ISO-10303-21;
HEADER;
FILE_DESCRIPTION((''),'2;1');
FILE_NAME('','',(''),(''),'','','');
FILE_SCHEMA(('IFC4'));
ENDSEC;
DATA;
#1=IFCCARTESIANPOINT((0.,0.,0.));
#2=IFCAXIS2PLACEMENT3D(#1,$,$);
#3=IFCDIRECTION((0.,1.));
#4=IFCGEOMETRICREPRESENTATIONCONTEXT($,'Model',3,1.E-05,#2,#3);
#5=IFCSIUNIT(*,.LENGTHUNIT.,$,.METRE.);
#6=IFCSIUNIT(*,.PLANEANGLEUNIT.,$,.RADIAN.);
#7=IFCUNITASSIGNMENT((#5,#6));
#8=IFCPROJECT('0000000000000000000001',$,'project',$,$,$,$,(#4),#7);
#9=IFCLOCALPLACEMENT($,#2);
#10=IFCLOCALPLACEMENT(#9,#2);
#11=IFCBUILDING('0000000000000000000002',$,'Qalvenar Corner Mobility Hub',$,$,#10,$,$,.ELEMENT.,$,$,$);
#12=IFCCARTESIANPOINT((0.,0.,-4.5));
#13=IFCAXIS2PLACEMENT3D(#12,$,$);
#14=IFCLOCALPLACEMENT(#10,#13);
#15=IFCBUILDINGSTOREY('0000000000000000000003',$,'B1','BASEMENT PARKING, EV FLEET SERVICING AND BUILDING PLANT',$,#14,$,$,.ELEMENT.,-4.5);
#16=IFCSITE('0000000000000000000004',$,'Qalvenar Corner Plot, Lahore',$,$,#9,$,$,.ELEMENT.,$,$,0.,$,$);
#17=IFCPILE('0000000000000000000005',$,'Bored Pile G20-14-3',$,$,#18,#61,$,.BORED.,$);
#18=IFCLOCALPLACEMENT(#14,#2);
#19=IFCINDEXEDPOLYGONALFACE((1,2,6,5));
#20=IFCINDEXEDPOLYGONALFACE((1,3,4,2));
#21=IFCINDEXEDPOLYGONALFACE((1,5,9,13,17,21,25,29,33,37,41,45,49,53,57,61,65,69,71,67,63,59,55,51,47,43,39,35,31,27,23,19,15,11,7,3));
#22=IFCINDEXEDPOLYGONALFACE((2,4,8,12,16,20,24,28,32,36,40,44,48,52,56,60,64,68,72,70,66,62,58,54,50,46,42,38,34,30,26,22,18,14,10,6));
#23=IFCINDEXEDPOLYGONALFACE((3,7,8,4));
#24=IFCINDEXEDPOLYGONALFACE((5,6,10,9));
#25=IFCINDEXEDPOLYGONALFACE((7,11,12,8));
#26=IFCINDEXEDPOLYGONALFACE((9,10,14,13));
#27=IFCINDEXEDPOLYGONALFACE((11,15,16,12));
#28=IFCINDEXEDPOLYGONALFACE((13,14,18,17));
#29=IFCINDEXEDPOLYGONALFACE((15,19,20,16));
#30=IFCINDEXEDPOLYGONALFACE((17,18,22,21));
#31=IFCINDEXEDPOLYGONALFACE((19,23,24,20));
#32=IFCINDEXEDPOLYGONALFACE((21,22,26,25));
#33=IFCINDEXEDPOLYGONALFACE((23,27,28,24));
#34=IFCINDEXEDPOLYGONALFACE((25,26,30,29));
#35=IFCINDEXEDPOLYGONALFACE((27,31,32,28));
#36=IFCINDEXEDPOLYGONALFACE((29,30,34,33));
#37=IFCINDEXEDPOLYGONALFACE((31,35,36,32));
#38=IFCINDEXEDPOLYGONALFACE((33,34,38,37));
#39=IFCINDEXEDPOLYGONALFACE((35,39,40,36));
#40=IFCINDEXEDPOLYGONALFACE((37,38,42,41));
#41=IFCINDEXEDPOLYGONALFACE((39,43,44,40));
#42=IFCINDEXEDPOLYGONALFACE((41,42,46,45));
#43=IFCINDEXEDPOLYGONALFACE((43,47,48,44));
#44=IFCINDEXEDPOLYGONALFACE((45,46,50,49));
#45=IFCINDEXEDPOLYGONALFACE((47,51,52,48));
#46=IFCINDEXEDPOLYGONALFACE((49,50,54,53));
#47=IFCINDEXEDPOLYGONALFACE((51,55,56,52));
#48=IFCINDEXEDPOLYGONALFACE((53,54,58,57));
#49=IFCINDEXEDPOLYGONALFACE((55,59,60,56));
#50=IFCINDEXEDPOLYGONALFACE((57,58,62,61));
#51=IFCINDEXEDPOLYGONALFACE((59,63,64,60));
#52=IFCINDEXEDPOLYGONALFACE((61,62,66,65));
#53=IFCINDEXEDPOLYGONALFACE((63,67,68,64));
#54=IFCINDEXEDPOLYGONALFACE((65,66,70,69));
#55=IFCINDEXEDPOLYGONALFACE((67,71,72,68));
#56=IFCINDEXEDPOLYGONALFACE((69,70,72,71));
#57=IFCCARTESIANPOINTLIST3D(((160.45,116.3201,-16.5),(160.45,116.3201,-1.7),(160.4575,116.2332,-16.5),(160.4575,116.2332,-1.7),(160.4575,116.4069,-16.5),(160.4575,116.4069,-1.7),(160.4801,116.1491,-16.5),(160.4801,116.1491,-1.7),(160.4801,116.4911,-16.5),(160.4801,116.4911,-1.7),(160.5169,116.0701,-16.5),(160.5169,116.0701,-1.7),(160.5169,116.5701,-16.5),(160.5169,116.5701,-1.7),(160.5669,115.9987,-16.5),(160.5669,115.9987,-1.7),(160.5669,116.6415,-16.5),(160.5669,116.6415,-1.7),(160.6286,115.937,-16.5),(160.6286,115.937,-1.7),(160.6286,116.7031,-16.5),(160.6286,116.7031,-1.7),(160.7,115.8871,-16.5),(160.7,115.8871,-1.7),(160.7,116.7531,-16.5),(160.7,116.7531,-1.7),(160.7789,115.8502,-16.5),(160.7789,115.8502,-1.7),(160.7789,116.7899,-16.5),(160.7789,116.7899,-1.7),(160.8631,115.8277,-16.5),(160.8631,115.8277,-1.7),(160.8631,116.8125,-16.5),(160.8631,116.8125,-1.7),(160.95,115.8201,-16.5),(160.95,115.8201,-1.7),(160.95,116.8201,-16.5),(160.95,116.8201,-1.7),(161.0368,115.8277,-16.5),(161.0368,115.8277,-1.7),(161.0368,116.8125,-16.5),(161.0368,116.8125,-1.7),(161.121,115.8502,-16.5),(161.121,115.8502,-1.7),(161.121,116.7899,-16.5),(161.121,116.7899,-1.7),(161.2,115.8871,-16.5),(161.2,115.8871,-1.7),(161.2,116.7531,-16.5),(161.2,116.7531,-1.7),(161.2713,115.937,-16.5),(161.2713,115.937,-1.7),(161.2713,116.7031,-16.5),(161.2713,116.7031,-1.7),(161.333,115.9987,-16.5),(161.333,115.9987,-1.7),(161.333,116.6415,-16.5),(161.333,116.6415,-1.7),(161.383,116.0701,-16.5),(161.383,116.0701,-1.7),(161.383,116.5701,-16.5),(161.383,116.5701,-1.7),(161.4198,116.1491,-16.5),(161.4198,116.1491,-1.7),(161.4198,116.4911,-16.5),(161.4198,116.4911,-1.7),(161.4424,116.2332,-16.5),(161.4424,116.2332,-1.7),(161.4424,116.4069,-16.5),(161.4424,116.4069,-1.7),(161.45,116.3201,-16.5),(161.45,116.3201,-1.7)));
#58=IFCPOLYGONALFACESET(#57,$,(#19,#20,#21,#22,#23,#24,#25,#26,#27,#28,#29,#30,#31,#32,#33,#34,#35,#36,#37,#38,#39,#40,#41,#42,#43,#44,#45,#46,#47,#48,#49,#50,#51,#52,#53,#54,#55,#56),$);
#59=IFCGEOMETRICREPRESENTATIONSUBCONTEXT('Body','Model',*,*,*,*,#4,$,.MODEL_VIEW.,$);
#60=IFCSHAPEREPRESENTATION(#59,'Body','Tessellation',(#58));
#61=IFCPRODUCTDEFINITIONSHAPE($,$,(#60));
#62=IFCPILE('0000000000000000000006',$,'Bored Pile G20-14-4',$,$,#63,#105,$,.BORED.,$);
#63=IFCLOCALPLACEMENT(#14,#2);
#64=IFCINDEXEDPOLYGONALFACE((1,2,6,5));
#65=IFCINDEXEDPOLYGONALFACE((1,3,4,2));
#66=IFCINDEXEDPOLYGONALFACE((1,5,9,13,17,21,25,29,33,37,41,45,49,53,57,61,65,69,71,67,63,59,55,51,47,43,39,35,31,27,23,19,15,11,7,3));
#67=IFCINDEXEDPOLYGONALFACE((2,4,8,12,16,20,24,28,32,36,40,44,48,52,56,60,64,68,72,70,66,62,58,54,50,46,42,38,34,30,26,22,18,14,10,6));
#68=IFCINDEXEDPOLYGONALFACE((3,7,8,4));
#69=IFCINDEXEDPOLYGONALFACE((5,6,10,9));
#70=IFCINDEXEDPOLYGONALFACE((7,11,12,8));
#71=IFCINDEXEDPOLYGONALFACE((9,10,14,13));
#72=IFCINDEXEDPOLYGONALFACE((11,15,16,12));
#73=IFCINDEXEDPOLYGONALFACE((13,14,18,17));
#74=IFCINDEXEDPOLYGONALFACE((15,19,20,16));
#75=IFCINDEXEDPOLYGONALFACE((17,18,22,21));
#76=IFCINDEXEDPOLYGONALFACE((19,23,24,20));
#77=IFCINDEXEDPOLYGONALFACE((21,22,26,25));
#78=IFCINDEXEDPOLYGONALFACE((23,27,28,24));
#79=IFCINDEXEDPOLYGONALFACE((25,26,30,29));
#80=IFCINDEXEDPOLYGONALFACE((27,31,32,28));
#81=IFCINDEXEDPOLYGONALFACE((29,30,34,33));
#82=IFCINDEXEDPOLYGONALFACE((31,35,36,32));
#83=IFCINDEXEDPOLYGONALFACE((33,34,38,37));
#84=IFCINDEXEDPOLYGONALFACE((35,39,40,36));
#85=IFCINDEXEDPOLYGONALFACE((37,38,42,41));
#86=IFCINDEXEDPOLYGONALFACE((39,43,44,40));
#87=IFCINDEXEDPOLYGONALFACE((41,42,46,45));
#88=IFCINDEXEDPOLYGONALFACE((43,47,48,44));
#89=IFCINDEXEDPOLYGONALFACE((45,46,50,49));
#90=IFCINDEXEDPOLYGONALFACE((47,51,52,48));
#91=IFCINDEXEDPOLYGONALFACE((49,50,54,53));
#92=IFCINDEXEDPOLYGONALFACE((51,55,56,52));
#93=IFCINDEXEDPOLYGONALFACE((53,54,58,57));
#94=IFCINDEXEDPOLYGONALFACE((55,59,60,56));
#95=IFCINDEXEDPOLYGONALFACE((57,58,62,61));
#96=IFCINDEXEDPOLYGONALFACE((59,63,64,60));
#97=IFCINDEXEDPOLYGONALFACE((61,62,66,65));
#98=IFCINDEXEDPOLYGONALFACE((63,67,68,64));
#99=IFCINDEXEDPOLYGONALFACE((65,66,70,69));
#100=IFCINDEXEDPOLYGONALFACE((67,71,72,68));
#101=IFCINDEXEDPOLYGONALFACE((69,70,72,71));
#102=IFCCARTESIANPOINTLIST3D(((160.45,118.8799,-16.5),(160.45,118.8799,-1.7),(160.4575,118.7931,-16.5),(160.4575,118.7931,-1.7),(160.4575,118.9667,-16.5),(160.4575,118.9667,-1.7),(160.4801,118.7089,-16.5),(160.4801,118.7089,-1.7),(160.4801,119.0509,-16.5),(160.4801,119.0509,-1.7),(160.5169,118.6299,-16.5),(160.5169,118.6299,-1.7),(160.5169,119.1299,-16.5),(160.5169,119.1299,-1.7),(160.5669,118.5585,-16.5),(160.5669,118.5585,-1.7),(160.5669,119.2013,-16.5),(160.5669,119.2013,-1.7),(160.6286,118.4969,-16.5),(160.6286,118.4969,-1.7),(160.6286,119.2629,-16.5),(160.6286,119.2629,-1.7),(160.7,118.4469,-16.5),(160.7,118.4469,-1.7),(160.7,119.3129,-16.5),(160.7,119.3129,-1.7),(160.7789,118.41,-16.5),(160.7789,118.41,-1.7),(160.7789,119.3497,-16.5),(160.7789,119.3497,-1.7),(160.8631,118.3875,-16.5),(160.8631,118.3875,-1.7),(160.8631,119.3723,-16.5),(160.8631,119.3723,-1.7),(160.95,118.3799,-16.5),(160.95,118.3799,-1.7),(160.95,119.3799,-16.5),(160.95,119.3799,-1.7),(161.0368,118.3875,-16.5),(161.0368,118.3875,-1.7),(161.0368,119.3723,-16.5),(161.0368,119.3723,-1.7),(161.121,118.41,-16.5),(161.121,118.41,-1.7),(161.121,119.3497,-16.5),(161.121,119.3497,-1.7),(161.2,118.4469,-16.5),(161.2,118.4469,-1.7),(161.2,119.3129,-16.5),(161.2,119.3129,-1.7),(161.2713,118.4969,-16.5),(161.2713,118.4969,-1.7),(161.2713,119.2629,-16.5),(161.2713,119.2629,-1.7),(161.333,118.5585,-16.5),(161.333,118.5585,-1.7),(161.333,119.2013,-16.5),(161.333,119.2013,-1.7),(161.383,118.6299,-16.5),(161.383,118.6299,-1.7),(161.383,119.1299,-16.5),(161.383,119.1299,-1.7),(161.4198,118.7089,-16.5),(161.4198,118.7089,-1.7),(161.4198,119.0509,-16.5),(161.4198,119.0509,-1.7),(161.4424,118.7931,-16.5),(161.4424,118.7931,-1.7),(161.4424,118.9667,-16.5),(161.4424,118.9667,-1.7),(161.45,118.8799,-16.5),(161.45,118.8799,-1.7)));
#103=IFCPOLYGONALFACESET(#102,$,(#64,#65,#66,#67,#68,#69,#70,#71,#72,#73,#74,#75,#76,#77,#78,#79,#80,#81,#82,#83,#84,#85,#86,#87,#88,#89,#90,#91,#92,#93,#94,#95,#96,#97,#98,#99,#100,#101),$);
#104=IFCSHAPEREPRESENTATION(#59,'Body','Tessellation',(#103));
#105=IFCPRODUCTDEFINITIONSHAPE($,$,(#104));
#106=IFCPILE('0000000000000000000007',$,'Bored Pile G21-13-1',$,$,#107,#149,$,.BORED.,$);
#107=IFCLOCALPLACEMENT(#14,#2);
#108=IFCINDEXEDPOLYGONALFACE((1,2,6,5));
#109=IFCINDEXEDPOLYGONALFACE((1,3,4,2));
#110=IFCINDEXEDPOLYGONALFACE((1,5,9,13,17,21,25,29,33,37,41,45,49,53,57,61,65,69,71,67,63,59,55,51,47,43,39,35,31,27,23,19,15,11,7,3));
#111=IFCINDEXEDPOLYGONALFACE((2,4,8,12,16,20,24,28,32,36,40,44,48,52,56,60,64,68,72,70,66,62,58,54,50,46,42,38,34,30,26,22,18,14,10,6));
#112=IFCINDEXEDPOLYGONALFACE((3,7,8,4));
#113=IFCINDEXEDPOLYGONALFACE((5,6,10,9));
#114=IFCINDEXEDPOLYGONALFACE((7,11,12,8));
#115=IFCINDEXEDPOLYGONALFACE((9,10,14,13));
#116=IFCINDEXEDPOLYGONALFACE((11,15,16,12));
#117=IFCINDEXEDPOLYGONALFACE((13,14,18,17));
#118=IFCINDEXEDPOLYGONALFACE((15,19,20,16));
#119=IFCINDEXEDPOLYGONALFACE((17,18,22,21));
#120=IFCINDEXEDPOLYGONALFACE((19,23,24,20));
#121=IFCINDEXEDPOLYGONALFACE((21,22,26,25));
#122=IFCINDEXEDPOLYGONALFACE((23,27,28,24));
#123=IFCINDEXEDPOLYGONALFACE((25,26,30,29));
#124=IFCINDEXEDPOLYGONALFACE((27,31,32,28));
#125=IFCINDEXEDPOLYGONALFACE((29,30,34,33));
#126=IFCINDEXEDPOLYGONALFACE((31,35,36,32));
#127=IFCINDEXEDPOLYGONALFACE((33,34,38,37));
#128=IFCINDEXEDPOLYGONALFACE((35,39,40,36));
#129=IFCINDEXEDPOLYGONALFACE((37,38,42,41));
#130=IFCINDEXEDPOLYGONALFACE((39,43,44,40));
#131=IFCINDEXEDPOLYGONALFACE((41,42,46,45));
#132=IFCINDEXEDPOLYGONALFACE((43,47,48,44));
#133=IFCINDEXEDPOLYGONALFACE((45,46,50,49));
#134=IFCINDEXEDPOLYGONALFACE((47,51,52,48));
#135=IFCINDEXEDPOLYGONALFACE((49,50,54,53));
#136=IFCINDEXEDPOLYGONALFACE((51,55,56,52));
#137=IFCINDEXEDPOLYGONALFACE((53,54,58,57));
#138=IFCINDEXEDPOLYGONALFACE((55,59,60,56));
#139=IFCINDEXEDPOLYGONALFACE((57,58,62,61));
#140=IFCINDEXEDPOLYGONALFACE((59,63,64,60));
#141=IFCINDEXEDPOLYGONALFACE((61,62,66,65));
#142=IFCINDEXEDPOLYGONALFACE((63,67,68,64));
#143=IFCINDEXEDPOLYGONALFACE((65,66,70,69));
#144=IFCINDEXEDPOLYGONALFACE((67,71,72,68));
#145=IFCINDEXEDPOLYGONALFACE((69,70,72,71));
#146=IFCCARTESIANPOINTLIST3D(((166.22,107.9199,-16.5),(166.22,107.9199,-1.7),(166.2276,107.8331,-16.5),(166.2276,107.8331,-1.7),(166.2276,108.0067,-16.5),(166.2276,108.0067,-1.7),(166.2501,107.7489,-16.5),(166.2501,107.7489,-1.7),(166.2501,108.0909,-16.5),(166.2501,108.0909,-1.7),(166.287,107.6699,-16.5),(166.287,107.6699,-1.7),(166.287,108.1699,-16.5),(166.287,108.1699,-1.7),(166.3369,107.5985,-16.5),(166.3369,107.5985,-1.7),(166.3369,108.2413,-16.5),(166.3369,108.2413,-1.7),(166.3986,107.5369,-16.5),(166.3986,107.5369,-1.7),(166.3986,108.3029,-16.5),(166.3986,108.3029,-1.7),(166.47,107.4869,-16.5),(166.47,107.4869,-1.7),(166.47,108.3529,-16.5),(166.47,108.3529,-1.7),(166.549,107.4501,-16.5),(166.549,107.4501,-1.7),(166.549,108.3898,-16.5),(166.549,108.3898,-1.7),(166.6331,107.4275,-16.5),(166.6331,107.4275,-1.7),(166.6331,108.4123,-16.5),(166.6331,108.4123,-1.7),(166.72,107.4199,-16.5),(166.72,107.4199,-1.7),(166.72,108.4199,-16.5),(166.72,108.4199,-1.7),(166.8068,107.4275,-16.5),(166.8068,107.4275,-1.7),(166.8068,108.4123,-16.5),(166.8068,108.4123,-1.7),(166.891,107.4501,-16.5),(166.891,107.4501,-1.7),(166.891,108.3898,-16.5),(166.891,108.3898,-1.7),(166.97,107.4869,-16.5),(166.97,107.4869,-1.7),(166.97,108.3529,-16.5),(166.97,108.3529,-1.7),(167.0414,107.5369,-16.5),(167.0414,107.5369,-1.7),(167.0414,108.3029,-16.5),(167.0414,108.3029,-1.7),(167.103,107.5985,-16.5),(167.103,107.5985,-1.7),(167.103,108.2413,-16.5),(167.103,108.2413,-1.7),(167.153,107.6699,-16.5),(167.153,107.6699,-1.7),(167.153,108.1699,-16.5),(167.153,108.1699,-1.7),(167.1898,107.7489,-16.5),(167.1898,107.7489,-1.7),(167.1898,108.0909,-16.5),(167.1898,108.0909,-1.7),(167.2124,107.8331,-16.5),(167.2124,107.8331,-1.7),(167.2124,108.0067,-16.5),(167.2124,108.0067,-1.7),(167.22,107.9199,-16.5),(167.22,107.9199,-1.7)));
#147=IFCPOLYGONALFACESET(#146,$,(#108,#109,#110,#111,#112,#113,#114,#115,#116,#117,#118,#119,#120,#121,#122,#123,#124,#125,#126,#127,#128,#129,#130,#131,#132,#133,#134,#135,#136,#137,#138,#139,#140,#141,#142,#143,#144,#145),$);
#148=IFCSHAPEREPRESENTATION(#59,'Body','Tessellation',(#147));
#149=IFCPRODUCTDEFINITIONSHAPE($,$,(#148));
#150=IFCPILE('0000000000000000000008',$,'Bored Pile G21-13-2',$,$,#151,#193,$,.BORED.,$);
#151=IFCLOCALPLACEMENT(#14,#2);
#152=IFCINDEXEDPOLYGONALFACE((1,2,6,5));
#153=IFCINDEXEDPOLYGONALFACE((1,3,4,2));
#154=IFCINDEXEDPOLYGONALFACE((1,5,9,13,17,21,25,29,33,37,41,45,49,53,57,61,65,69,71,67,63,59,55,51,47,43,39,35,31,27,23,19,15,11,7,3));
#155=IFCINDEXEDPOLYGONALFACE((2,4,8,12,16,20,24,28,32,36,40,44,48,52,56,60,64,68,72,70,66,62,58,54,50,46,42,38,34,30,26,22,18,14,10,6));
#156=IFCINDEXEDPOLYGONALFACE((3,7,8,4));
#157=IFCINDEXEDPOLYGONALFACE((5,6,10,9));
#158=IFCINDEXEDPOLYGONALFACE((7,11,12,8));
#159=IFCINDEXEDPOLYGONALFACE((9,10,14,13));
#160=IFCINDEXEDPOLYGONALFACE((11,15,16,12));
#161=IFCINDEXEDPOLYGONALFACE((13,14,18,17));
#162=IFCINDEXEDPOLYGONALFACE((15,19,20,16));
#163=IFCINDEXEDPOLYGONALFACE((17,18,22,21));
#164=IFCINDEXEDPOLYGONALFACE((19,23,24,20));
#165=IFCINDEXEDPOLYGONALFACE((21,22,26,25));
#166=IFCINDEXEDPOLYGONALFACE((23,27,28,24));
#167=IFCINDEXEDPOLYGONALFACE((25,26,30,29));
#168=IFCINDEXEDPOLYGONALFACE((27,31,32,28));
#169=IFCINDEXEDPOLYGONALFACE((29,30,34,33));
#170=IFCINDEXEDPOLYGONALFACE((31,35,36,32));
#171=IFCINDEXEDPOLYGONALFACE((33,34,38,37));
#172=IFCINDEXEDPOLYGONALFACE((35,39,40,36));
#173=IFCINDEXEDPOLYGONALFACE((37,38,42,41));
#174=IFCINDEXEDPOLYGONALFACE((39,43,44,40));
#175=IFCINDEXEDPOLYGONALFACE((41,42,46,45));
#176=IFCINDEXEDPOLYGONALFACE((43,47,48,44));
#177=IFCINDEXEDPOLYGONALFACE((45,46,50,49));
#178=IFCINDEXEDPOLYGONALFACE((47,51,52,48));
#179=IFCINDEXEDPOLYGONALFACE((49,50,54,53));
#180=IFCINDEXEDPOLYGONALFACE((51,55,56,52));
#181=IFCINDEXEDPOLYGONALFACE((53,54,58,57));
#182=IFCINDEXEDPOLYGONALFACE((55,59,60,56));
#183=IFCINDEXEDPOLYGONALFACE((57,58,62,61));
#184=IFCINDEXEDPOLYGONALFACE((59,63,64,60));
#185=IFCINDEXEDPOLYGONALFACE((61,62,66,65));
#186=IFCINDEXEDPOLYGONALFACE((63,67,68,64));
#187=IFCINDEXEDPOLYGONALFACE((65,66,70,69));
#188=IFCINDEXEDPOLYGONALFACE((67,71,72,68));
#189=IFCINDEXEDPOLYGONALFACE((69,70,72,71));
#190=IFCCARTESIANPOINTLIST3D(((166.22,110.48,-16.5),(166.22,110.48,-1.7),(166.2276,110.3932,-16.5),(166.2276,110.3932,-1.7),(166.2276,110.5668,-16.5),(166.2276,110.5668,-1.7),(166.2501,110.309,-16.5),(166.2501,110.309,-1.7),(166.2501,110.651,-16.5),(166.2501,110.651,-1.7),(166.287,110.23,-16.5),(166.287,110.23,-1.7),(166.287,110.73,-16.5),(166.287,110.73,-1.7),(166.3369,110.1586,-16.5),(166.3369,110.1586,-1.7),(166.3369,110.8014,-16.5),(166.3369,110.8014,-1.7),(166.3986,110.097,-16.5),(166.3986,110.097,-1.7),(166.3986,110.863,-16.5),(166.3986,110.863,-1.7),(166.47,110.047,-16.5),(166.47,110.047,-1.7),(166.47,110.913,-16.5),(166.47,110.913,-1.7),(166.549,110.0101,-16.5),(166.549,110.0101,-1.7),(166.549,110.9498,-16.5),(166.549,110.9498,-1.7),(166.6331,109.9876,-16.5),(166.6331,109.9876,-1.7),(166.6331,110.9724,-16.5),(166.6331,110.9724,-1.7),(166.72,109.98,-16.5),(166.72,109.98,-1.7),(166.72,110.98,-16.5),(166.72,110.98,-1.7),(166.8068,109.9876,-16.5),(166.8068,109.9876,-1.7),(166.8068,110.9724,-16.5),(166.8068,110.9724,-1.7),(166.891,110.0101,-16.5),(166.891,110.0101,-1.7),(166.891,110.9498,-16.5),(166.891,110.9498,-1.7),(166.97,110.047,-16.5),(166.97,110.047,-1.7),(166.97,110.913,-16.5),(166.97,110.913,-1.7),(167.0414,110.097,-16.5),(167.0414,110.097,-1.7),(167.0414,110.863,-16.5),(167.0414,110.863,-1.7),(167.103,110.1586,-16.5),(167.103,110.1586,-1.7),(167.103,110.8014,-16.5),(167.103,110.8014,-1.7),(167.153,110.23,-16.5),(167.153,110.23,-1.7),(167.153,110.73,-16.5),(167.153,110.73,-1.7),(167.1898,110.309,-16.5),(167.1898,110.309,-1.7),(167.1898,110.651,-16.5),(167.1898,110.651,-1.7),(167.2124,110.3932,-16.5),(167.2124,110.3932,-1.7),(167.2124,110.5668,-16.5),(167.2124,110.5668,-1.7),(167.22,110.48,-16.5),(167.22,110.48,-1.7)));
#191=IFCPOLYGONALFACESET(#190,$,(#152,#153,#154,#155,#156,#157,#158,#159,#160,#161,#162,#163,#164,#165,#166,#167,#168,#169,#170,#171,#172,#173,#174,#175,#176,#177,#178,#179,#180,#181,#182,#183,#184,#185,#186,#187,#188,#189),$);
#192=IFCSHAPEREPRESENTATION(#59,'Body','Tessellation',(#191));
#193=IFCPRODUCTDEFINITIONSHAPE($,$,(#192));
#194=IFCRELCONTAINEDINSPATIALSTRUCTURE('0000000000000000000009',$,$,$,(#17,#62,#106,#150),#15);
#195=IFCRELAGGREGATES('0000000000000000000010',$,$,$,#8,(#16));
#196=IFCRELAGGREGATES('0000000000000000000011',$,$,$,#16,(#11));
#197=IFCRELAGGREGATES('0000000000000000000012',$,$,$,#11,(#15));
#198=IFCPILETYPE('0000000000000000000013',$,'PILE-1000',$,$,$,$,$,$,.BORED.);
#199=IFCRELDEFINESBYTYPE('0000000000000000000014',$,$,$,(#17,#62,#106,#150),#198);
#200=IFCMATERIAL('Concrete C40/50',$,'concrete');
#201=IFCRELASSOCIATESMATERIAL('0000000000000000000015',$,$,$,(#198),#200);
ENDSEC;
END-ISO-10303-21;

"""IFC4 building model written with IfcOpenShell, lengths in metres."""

from ifc_helpers import new_model, si_unit, direction, frame, origin, origin_2d, place, context, subcontext, project, spatial, circle, extrude, material, material_profile, profile_set, type_object, element, save


model = new_model("IFC4")

# Units and contexts
model_context = context("Model", 3, precision=1e-05, world=origin(), true_north=direction((0.0, 1.0)))
body_context = subcontext(model_context, "Body", "Model", "MODEL_VIEW")
ifc_project = project(units=[si_unit("LENGTHUNIT", "METRE"), si_unit("PLANEANGLEUNIT", "RADIAN")], contexts=[model_context])

# Site, building, storey
site_placement = place(None, origin())
site = spatial("IfcSite", under=ifc_project, at=site_placement, Name="Qalvenar Corner Plot, Lahore", CompositionType="ELEMENT", RefElevation=0.0)
building_placement = place(site_placement, origin())
building = spatial("IfcBuilding", under=site, at=building_placement, Name="Qalvenar Corner Mobility Hub", CompositionType="ELEMENT")
storey_placement = place(building_placement, frame((0.0, 0.0, -4.5)))
storey = spatial("IfcBuildingStorey", under=building, at=storey_placement, Name="B1", Description="BASEMENT PARKING, EV FLEET SERVICING AND BUILDING PLANT", CompositionType="ELEMENT", Elevation=-4.5)

# Shared definitions
ifc_material_1 = material(Name="Concrete C40/50", Category="concrete")

# Piles
ifc_material_profile_1 = material_profile(ifc_material_1, circle(Radius=0.5, at=origin_2d()), Name="DIA1000")
ifc_profile_set_1 = profile_set([ifc_material_profile_1], Name="Concrete C40/50")
pile_type = type_object("IfcPileType", Name="PILE-1000", PredefinedType="BORED", material=ifc_profile_set_1)
for number, where, z_axis, x_axis, name in (
    (1, (160.95, 116.3201, -1.7), (0.0, 0.0, -1.0), (1.0, 0.0, 0.0), "Bored Pile G20-14-3"),
    (2, (160.95, 118.8799, -1.7), (0.0, 0.0, -1.0), (1.0, 0.0, 0.0), "Bored Pile G20-14-4"),
    (3, (166.72, 107.9199, -1.7), (0.0, 0.0, -1.0), (1.0, 0.0, 0.0), "Bored Pile G21-13-1"),
    (4, (166.72, 110.48, -1.7), (0.0, 0.0, -1.0), (1.0, 0.0, 0.0), "Bored Pile G21-13-2"),
):
    element("IfcPile", number, at=place(storey_placement, frame(where, z_axis=z_axis, x_axis=x_axis)), inside=storey, type_object=pile_type, Name=name, PredefinedType="BORED", context=body_context, shape_type="SweptSolid", body=[
        extrude(circle(Radius=0.5, at=origin_2d()), origin(), (0.0, 0.0, 1.0), 14.8),
    ])

save(model, "model.ifc")
